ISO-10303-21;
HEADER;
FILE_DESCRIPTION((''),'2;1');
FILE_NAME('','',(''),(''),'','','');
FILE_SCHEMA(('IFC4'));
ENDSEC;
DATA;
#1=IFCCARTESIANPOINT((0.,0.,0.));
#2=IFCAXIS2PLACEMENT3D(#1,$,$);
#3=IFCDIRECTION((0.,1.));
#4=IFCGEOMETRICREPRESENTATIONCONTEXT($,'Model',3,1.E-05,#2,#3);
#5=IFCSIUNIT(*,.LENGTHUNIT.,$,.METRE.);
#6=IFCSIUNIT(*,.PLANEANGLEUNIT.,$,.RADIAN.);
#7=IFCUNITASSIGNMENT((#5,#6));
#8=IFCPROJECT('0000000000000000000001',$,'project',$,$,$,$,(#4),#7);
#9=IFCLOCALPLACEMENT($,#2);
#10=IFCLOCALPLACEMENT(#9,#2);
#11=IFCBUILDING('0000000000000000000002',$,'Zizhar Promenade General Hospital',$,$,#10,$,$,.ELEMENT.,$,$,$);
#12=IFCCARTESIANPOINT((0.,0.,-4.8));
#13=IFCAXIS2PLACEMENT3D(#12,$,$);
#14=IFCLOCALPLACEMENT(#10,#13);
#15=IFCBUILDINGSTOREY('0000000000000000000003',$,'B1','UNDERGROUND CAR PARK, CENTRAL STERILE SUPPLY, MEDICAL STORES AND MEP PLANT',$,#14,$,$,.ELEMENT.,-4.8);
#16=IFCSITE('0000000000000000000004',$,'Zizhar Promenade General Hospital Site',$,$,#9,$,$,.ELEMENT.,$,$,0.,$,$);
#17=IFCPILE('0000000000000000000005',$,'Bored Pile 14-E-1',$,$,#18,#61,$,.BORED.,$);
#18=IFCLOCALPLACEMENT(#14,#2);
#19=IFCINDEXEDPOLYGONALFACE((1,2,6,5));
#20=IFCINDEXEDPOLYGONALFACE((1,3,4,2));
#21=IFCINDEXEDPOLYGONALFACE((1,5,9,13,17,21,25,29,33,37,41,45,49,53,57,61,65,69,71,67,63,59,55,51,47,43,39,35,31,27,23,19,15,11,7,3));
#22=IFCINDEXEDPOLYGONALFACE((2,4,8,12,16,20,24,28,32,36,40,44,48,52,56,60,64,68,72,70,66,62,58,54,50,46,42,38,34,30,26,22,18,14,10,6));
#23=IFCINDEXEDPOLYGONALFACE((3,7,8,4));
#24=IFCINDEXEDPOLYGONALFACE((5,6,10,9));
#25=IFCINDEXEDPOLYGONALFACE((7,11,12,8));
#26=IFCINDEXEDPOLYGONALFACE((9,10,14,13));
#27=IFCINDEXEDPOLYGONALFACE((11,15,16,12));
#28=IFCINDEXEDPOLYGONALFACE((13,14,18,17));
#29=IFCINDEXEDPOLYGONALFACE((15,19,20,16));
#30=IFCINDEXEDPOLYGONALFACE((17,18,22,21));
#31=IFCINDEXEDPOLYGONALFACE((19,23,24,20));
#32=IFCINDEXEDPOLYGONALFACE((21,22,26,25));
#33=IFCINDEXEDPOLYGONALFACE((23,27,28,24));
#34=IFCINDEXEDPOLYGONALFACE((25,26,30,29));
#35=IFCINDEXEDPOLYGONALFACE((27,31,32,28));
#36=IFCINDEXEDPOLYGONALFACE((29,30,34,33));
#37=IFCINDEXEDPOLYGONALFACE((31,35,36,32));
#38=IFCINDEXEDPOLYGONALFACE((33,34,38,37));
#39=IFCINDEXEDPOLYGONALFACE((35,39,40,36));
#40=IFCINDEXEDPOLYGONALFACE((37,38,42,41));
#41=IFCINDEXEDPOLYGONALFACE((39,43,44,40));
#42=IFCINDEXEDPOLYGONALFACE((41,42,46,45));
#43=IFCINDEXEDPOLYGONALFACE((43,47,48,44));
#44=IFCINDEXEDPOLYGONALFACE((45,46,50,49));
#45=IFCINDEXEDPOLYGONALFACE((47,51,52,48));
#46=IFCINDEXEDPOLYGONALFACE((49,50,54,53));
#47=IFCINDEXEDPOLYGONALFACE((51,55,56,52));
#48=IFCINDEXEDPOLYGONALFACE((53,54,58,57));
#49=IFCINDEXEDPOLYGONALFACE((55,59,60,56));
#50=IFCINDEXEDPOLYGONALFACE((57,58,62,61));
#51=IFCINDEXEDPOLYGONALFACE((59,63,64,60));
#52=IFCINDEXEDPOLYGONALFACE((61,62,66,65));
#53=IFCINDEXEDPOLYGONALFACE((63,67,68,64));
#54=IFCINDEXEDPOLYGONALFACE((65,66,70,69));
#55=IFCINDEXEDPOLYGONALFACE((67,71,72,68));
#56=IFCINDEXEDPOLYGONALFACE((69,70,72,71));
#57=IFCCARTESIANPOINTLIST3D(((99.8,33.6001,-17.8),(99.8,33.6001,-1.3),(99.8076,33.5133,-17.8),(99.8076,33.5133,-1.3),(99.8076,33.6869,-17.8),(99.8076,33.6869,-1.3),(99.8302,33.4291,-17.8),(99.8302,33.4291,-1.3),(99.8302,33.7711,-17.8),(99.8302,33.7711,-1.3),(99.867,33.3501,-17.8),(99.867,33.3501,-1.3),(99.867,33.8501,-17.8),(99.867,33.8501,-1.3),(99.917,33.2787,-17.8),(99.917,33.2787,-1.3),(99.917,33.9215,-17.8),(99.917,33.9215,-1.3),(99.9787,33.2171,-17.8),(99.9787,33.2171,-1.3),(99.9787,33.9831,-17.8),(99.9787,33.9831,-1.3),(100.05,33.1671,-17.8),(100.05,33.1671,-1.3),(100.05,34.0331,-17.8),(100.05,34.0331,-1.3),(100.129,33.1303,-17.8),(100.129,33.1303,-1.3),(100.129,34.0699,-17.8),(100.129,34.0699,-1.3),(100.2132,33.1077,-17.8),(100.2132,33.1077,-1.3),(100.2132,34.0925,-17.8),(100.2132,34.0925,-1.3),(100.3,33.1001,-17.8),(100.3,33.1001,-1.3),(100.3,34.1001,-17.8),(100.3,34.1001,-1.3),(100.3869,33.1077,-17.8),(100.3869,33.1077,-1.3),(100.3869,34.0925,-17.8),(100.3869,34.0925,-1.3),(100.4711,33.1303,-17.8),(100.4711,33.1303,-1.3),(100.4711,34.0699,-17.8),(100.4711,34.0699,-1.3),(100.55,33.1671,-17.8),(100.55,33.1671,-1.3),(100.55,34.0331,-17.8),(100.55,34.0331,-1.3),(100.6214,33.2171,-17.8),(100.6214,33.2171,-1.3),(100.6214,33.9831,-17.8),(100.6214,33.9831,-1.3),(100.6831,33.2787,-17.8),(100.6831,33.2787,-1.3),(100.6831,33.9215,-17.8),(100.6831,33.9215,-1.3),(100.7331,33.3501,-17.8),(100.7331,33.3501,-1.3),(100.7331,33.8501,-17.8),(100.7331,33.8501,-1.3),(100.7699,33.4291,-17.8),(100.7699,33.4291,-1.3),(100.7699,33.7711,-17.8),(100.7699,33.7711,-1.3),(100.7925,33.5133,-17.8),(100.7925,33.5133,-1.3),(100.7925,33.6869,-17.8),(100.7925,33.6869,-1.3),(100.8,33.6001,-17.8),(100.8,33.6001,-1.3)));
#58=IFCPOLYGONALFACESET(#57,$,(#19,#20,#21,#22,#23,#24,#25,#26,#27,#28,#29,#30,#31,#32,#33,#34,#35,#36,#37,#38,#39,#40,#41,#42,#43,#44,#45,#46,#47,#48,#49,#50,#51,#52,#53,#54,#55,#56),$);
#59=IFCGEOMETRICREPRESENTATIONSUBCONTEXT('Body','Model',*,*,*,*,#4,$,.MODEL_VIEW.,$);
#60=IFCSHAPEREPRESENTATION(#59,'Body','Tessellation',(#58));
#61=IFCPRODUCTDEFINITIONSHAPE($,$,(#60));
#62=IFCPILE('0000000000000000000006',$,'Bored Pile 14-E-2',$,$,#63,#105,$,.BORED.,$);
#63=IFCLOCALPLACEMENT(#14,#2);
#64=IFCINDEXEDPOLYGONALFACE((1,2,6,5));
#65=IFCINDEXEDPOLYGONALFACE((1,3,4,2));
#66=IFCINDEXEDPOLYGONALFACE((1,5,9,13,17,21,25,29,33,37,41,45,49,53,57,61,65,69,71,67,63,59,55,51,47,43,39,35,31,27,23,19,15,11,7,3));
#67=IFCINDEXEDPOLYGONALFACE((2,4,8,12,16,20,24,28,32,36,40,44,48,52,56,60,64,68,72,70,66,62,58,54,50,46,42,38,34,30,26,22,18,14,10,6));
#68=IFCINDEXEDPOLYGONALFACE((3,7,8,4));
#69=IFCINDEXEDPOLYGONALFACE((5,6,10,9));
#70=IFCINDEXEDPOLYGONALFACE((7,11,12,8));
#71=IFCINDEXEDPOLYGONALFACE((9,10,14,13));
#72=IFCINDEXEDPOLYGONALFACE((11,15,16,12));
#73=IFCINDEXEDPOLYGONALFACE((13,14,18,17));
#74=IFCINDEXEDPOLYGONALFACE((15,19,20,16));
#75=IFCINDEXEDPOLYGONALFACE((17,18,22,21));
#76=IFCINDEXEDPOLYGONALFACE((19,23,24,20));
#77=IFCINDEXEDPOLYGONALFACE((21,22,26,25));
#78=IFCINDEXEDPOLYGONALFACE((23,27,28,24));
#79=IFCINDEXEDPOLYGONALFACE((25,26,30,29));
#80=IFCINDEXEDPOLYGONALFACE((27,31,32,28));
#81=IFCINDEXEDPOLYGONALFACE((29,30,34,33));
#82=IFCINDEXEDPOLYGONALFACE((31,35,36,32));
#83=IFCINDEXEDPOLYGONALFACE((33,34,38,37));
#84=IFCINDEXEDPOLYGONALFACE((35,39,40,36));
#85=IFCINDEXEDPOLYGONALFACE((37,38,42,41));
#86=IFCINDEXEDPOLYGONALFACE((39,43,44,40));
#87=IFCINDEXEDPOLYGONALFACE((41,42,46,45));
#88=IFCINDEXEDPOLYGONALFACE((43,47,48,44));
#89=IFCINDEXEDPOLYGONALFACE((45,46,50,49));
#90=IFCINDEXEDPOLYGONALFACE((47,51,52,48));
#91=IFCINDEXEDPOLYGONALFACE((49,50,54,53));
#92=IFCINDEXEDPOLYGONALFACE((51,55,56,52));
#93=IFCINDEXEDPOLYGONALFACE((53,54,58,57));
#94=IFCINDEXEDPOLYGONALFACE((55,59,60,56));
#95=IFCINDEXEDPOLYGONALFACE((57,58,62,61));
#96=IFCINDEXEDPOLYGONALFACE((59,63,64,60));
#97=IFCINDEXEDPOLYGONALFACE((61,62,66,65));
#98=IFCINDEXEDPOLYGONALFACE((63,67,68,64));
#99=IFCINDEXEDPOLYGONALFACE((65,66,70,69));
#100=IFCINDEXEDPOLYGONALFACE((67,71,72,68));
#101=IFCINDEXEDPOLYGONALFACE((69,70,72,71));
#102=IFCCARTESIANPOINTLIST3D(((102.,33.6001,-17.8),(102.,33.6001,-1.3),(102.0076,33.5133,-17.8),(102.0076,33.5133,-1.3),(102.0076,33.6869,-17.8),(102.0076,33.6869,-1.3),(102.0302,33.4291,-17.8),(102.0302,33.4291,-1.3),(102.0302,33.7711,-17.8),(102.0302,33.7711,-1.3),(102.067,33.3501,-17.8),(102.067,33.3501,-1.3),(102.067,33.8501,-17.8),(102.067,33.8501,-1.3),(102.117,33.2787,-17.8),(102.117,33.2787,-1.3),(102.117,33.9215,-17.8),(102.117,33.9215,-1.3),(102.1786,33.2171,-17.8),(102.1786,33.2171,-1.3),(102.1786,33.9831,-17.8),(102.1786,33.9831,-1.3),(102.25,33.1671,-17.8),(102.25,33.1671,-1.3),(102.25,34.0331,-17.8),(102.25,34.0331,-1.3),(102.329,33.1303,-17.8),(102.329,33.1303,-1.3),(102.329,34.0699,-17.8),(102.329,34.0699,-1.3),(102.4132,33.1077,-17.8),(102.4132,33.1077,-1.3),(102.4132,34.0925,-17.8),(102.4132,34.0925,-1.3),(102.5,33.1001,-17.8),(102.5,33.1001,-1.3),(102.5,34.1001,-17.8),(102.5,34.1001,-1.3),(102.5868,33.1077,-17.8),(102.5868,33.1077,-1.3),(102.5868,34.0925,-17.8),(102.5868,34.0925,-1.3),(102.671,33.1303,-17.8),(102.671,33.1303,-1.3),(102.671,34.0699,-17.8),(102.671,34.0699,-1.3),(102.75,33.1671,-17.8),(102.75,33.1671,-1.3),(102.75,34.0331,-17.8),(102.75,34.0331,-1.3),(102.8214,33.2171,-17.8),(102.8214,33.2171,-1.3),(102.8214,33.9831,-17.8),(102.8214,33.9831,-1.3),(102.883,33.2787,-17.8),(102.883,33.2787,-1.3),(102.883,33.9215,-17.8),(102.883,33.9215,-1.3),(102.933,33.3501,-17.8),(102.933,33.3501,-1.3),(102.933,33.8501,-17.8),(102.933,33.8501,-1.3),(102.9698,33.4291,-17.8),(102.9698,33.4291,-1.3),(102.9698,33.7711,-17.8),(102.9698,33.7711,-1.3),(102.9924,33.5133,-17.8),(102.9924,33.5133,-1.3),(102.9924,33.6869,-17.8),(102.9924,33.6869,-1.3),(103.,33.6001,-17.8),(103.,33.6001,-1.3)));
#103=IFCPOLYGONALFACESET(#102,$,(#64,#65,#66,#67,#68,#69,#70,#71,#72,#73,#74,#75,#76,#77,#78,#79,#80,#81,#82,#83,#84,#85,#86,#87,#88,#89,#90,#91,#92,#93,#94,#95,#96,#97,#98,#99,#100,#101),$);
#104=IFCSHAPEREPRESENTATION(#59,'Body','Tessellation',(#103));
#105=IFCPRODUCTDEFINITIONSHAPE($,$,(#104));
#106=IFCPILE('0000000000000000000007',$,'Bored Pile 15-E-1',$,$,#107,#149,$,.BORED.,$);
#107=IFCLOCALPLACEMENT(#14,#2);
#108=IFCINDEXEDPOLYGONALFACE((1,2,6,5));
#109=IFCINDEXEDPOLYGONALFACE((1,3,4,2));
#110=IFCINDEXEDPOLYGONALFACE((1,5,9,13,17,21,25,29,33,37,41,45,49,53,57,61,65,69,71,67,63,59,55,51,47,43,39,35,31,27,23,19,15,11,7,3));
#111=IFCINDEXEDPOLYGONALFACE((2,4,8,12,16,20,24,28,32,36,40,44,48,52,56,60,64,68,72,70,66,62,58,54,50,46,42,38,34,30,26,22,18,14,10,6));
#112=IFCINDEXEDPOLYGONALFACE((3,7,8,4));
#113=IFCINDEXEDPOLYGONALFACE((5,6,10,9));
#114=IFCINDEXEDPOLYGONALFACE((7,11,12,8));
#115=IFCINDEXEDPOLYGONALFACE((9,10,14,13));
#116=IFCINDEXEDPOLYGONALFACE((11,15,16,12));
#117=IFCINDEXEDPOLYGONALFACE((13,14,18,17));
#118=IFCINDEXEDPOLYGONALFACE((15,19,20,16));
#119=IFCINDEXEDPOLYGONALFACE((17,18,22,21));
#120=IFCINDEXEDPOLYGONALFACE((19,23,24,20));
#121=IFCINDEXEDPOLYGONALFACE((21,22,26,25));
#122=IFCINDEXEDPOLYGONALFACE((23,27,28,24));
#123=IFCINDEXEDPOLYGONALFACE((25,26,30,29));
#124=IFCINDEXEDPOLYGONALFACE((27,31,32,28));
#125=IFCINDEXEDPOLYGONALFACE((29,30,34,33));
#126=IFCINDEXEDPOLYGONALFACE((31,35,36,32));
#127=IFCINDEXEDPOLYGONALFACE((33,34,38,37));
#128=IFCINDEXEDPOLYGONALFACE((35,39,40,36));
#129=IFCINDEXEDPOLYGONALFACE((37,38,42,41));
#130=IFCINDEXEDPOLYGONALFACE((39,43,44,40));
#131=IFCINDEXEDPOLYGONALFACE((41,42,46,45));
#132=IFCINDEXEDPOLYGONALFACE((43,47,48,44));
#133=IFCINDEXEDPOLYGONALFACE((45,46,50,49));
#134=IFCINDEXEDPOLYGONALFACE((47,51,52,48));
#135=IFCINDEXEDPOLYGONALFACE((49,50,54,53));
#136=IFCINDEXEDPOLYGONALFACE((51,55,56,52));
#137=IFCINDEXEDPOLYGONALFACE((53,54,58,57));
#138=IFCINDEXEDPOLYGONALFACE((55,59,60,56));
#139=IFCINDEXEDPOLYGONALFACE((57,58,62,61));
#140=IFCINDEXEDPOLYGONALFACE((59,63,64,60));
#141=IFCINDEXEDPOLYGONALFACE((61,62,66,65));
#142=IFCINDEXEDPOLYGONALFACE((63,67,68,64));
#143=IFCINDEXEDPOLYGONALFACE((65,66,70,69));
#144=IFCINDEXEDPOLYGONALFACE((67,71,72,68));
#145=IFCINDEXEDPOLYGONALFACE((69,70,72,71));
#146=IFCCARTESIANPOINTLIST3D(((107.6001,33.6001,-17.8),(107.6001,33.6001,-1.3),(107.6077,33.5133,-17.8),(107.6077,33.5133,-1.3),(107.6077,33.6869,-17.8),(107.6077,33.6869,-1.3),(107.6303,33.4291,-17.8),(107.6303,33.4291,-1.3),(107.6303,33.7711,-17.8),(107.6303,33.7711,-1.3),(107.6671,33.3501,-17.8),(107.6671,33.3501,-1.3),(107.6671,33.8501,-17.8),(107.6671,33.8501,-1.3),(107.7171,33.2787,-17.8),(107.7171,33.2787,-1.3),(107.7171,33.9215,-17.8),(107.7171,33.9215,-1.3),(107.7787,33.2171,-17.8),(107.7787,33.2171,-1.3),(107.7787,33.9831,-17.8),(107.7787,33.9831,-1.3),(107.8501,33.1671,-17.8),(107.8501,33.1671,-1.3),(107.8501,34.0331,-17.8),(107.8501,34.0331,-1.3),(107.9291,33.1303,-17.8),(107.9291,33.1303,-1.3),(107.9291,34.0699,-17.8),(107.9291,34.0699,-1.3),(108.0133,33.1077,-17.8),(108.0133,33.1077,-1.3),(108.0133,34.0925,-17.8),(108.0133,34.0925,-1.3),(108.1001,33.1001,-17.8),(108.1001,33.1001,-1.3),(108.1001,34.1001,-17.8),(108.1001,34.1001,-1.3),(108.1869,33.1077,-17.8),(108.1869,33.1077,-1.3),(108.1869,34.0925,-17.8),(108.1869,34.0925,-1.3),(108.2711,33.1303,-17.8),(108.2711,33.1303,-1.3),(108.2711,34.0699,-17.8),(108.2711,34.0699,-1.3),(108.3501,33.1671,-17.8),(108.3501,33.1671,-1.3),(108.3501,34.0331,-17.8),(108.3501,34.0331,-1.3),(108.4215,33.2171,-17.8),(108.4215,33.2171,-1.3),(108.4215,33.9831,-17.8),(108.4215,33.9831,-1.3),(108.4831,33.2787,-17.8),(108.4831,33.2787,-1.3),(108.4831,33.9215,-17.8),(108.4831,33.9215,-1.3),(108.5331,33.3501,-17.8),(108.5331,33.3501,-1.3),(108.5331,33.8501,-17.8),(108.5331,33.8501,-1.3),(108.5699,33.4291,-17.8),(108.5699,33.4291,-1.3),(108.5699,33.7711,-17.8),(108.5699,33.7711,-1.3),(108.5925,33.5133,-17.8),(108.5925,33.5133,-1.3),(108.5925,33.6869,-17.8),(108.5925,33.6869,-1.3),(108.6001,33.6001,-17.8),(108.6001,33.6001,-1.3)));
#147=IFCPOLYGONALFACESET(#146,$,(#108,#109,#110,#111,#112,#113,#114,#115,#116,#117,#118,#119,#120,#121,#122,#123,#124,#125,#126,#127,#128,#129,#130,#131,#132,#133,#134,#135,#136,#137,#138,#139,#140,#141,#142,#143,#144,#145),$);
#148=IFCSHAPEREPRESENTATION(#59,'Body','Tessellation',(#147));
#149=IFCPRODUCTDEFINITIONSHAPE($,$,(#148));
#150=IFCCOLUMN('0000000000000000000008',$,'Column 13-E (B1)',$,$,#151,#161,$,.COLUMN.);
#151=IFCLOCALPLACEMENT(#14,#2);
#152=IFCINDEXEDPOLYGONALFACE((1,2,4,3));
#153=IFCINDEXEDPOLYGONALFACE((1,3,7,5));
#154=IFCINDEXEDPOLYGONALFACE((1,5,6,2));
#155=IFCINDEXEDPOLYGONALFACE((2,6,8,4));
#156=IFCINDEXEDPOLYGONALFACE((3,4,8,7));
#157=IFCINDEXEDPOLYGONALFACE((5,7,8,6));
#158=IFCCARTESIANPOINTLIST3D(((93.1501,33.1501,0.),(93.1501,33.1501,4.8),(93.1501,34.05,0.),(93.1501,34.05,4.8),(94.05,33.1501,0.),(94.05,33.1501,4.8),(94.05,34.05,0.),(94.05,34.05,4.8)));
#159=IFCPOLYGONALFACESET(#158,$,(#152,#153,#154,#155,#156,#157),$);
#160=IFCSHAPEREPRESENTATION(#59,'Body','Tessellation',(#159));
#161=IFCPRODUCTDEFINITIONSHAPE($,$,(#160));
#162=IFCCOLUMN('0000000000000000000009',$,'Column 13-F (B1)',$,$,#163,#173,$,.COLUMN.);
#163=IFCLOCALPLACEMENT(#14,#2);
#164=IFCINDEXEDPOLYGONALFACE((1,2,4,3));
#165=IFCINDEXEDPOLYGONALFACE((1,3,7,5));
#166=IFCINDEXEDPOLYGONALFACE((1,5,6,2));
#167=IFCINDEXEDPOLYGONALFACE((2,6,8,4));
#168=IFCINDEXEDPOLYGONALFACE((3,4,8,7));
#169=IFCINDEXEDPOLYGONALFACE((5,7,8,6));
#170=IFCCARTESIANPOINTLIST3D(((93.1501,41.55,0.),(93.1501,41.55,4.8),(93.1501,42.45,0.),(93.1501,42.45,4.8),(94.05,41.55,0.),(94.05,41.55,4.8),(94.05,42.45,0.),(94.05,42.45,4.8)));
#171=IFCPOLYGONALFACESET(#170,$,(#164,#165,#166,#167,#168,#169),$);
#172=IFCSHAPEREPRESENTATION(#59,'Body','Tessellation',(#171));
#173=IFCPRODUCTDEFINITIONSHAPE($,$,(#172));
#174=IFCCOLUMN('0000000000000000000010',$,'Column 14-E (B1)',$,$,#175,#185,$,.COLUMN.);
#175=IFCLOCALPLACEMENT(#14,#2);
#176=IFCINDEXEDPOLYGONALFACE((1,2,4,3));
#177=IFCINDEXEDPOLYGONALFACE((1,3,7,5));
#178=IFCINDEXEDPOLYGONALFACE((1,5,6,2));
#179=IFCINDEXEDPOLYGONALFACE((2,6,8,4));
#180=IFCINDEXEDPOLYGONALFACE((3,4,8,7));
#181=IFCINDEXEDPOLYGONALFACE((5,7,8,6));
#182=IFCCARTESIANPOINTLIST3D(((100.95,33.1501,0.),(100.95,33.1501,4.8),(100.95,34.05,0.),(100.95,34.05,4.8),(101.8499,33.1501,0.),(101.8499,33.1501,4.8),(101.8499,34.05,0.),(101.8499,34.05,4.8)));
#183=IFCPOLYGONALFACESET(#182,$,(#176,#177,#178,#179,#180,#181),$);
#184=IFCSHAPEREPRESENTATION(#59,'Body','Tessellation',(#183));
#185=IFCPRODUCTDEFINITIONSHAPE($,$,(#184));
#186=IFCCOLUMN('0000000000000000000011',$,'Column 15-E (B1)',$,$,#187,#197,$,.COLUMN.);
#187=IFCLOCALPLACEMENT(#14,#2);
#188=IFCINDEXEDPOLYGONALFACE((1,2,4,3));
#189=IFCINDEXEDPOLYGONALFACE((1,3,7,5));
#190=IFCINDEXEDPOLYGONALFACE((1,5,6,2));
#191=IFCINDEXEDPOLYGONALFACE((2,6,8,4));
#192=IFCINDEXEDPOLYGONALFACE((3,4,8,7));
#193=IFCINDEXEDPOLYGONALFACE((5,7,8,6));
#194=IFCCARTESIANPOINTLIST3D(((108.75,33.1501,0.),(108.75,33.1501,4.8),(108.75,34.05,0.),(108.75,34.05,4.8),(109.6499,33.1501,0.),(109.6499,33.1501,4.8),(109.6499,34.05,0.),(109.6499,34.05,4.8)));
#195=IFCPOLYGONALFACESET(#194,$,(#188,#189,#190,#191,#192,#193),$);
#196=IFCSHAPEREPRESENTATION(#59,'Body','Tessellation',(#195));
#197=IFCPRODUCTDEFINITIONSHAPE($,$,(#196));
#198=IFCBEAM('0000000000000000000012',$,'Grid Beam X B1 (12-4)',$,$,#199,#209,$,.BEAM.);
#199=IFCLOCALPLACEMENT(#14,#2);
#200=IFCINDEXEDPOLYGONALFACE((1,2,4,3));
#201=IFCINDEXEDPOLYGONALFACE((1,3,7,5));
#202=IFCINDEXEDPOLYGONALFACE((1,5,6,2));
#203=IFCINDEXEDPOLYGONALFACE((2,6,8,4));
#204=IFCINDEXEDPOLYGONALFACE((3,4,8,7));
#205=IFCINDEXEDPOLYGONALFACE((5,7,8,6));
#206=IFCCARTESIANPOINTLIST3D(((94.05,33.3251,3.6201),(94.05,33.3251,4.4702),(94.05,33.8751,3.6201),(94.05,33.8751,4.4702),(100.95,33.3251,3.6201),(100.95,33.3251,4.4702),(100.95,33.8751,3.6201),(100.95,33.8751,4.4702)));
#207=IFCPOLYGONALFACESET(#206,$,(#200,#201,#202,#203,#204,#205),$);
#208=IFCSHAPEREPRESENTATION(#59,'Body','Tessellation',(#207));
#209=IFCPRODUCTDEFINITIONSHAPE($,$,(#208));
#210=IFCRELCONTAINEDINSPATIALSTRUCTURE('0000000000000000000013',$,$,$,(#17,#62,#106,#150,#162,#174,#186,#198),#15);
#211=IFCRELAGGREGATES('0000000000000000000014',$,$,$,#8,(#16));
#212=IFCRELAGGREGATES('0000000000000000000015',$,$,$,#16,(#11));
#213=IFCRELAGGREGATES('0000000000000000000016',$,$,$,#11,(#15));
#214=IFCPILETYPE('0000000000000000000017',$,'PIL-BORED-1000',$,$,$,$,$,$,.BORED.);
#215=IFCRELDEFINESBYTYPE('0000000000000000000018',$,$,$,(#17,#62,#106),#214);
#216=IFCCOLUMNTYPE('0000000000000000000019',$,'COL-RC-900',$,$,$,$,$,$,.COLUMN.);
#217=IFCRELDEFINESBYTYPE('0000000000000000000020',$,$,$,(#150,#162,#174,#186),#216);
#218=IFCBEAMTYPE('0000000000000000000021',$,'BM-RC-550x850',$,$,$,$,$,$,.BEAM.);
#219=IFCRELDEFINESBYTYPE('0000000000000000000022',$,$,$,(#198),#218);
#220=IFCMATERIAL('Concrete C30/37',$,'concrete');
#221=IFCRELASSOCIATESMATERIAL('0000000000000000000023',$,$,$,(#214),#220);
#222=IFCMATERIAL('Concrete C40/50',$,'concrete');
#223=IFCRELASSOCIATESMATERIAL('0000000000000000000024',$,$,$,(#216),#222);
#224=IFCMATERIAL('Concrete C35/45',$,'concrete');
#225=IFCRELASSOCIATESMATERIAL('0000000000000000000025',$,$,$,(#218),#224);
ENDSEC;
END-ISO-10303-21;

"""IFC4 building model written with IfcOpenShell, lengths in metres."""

from ifc_helpers import new_model, si_unit, direction, frame, origin, origin_2d, place, context, subcontext, project, spatial, rectangle, circle, extrude, material, material_profile, profile_set, type_object, element, save


model = new_model("IFC4")

# Units and contexts
model_context = context("Model", 3, precision=1e-05, world=origin(), true_north=direction((0.0, 1.0)))
body_context = subcontext(model_context, "Body", "Model", "MODEL_VIEW")
ifc_project = project(units=[si_unit("LENGTHUNIT", "METRE"), si_unit("PLANEANGLEUNIT", "RADIAN")], contexts=[model_context])

# Site, building, storey
site_placement = place(None, origin())
site = spatial("IfcSite", under=ifc_project, at=site_placement, Name="Zizhar Promenade General Hospital Site", CompositionType="ELEMENT", RefElevation=0.0)
building_placement = place(site_placement, origin())
building = spatial("IfcBuilding", under=site, at=building_placement, Name="Zizhar Promenade General Hospital", CompositionType="ELEMENT")
storey_placement = place(building_placement, frame((0.0, 0.0, -4.8)))
storey = spatial("IfcBuildingStorey", under=building, at=storey_placement, Name="B1", Description="UNDERGROUND CAR PARK, CENTRAL STERILE SUPPLY, MEDICAL STORES AND MEP PLANT", CompositionType="ELEMENT", Elevation=-4.8)

# Piles
ifc_material_1 = material(Name="Concrete C30/37", Category="concrete")
ifc_material_profile_1 = material_profile(ifc_material_1, circle(Radius=0.5, at=origin_2d()))
ifc_profile_set_1 = profile_set([ifc_material_profile_1], Name="Concrete C30/37")
pile_type = type_object("IfcPileType", Name="PIL-BORED-1000", PredefinedType="BORED", material=ifc_profile_set_1)
for number, where, z_axis, x_axis, name in (
    (1, (100.3, 33.6001, -1.3), (0.0, 0.0, -1.0), (1.0, 0.0, 0.0), "Bored Pile 14-E-1"),
    (2, (102.5, 33.6001, -1.3), (0.0, 0.0, -1.0), (1.0, 0.0, 0.0), "Bored Pile 14-E-2"),
    (3, (108.1001, 33.6001, -1.3), (0.0, 0.0, -1.0), (1.0, 0.0, 0.0), "Bored Pile 15-E-1"),
):
    element("IfcPile", number, at=place(storey_placement, frame(where, z_axis=z_axis, x_axis=x_axis)), inside=storey, type_object=pile_type, Name=name, PredefinedType="BORED", context=body_context, shape_type="SweptSolid", body=[
        extrude(circle(Radius=0.5, at=origin_2d()), origin(), (0.0, 0.0, 1.0), 16.5),
    ])

# Columns
ifc_material_2 = material(Name="Concrete C40/50", Category="concrete")
ifc_material_profile_2 = material_profile(ifc_material_2, rectangle(XDim=0.8999, YDim=0.8999, at=origin_2d()))
ifc_profile_set_2 = profile_set([ifc_material_profile_2], Name="Concrete C40/50")
column_type = type_object("IfcColumnType", Name="COL-RC-900", PredefinedType="COLUMN", material=ifc_profile_set_2)
for number, where, z_axis, x_axis, name in (
    (4, (93.6001, 33.6001, 0.0), (0.0, 0.0, 1.0), (1.0, 0.0, 0.0), "Column 13-E (B1)"),
    (5, (93.6001, 42.0, 0.0), (0.0, 0.0, 1.0), (1.0, 0.0, 0.0), "Column 13-F (B1)"),
    (6, (101.3999, 33.6001, 0.0), (0.0, 0.0, 1.0), (1.0, 0.0, 0.0), "Column 14-E (B1)"),
    (7, (109.2, 33.6001, 0.0), (0.0, 0.0, 1.0), (1.0, 0.0, 0.0), "Column 15-E (B1)"),
):
    element("IfcColumn", number, at=place(storey_placement, frame(where, z_axis=z_axis, x_axis=x_axis)), inside=storey, type_object=column_type, Name=name, PredefinedType="COLUMN", context=body_context, shape_type="SweptSolid", body=[
        extrude(rectangle(XDim=0.8999, YDim=0.8999, at=origin_2d()), origin(), (0.0, 0.0, 1.0), 4.8),
    ])

# Beam
ifc_material_3 = material(Name="Concrete C35/45", Category="concrete")
ifc_material_profile_3 = material_profile(ifc_material_3, rectangle(XDim=0.55, YDim=0.8501, at=origin_2d()))
ifc_profile_set_3 = profile_set([ifc_material_profile_3], Name="Concrete C35/45")
beam_type_1 = type_object("IfcBeamType", Name="BM-RC-550x850", PredefinedType="BEAM", material=ifc_profile_set_3)
for number, where, z_axis, x_axis, name in (
    (8, (94.05, 33.6001, 4.0452), (1.0, 0.0, 0.0), (0.0, 1.0, 0.0), "Grid Beam X B1 (12-4)"),
):
    element("IfcBeam", number, at=place(storey_placement, frame(where, z_axis=z_axis, x_axis=x_axis)), inside=storey, type_object=beam_type_1, Name=name, PredefinedType="BEAM", context=body_context, shape_type="SweptSolid", body=[
        extrude(rectangle(XDim=0.55, YDim=0.8501, at=origin_2d()), origin(), (0.0, 0.0, 1.0), 6.8999),
    ])

save(model, "model.ifc")
